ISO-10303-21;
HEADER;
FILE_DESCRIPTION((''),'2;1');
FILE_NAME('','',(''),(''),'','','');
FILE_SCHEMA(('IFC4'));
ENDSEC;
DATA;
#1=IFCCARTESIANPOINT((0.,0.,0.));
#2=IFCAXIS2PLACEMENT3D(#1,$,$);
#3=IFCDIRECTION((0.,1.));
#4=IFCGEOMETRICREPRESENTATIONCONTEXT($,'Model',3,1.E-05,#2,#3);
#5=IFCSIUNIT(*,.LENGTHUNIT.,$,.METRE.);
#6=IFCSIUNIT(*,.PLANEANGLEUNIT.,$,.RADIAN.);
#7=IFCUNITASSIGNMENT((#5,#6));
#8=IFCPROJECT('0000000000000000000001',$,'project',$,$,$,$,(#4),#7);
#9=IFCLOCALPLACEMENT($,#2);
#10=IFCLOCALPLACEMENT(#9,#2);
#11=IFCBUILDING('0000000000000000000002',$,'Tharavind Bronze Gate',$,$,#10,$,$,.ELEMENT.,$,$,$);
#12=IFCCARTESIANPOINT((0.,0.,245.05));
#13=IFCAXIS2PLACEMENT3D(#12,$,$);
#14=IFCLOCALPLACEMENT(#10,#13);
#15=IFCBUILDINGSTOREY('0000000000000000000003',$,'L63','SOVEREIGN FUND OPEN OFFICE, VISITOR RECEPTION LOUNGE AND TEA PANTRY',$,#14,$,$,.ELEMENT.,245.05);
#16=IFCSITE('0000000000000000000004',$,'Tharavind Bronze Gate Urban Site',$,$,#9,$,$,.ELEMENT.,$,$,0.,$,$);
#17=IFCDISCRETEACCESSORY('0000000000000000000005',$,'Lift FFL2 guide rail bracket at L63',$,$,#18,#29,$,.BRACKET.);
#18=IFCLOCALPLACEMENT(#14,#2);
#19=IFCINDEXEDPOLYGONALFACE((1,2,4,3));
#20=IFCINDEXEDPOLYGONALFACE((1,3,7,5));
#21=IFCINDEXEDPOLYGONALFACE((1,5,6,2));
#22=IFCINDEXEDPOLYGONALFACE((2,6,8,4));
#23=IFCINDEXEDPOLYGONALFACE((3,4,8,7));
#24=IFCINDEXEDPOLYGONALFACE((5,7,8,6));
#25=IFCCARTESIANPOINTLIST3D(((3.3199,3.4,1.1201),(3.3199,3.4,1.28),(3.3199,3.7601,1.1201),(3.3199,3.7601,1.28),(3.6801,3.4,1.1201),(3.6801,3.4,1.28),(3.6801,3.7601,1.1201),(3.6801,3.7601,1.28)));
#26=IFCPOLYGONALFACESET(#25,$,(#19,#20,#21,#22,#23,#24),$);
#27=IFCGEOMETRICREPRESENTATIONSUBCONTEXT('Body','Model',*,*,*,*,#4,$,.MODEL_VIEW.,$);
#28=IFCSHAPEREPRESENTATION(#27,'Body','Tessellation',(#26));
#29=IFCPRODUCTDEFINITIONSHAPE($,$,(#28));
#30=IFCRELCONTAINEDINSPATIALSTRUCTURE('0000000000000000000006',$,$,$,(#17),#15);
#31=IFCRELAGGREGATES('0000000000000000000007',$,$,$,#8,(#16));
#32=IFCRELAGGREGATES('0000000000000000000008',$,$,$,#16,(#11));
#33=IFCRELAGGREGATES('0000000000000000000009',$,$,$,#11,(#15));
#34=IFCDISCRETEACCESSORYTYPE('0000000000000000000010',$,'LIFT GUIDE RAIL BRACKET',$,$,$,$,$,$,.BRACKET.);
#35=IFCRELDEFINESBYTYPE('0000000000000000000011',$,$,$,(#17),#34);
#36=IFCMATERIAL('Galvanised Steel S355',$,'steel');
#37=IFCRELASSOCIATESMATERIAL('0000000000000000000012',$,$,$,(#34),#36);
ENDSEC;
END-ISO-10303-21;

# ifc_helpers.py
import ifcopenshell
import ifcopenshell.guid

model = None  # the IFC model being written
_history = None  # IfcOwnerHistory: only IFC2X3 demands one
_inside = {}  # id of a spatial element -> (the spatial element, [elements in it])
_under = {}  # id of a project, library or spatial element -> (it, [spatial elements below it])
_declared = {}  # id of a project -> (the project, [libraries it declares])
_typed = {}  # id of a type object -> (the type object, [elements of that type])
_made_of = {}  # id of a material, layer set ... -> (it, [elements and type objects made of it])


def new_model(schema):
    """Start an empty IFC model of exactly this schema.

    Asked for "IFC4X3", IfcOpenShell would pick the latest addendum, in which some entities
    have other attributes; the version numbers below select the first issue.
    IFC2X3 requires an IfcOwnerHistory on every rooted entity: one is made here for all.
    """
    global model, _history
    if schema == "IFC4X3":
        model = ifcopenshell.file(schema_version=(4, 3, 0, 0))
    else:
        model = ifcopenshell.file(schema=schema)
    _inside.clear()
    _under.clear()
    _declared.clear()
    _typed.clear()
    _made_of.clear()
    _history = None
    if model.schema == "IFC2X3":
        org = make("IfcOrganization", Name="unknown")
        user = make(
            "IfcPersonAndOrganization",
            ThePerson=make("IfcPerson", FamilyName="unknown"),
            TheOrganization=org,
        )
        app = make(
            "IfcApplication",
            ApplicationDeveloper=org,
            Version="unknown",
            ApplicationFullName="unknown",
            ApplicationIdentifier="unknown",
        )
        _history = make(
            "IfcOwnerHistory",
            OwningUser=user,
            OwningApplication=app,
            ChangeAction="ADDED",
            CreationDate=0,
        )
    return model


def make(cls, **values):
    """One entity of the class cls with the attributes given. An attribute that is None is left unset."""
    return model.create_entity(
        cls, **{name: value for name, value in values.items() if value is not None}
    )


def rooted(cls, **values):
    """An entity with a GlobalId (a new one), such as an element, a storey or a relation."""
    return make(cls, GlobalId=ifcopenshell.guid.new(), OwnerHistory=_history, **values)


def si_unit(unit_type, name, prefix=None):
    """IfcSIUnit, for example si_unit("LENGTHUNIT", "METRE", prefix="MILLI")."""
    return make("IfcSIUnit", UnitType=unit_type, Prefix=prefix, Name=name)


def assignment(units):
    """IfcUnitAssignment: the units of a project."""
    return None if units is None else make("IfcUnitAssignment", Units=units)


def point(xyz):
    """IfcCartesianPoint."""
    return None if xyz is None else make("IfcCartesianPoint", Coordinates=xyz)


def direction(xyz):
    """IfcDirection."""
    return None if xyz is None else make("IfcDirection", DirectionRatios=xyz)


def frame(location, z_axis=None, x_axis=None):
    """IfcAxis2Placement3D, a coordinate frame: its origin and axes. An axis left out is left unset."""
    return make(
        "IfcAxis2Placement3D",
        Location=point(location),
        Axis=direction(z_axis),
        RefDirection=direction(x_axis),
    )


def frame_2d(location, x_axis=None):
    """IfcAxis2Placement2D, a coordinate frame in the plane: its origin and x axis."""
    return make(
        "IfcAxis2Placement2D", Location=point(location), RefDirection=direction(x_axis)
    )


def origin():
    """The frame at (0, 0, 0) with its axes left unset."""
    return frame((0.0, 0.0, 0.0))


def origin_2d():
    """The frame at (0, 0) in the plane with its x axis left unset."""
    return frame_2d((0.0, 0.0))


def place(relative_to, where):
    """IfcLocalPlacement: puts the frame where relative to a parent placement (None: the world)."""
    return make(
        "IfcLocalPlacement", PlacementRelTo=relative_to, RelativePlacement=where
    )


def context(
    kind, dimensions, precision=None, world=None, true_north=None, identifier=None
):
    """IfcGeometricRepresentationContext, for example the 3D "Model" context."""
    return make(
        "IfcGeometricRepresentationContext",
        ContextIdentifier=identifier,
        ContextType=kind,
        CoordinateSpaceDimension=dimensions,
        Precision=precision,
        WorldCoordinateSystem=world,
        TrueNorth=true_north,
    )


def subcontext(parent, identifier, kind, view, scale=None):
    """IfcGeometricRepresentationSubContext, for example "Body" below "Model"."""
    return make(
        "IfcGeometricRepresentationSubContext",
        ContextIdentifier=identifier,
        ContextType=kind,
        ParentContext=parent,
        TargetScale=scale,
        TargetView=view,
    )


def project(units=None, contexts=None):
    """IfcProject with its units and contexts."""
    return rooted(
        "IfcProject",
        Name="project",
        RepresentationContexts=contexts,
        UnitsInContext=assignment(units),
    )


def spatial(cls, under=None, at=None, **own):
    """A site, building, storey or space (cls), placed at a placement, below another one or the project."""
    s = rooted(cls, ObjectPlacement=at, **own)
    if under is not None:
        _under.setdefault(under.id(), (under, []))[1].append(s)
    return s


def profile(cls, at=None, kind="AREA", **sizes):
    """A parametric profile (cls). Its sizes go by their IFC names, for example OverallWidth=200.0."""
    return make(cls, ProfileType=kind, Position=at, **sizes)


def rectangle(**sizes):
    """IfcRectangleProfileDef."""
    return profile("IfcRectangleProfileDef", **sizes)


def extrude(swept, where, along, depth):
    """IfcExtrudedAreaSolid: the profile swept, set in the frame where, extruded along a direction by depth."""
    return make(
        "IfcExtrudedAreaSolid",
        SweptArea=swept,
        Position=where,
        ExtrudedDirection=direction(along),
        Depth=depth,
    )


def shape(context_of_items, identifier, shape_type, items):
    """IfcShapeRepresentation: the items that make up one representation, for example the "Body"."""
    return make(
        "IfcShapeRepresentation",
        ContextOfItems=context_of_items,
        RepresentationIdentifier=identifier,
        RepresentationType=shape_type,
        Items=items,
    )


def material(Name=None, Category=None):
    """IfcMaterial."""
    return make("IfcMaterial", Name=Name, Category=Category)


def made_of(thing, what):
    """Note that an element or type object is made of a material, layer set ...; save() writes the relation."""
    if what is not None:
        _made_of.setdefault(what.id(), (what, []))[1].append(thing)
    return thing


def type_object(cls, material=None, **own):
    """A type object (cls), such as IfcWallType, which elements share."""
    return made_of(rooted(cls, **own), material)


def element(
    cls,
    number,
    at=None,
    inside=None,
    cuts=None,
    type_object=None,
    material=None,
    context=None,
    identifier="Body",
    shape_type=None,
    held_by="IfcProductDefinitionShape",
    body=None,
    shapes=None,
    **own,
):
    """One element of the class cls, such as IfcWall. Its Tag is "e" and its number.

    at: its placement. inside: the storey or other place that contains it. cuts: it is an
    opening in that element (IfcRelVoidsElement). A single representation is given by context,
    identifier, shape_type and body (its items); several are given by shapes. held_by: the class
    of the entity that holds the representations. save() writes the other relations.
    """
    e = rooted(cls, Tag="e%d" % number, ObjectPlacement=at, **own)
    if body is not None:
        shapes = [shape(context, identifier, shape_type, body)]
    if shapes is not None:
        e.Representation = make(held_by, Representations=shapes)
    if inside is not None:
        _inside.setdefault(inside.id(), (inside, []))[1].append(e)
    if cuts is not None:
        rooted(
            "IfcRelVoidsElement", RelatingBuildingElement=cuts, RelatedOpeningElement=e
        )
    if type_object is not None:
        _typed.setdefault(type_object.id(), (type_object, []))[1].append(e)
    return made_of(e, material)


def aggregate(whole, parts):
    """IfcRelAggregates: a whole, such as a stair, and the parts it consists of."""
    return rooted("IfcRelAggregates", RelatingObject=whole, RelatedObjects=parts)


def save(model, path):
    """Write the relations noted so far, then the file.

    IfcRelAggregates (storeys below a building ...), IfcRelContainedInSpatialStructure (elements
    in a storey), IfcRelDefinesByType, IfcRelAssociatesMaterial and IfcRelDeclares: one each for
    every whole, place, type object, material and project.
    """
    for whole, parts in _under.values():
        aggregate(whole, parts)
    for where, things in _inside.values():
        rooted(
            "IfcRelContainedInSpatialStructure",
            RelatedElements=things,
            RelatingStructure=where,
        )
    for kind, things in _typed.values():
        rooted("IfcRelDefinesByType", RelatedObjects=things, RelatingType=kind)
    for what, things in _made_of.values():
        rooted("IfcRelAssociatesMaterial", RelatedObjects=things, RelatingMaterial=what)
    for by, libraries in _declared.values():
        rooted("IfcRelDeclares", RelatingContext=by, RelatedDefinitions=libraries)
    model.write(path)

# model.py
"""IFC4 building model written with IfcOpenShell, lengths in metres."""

from ifc_helpers import new_model, si_unit, direction, frame, origin, origin_2d, place, context, subcontext, project, spatial, rectangle, extrude, material, type_object, element, save


model = new_model("IFC4")

# Units and contexts
model_context = context("Model", 3, precision=1e-05, world=origin(), true_north=direction((0.0, 1.0)))
body_context = subcontext(model_context, "Body", "Model", "MODEL_VIEW")
ifc_project = project(units=[si_unit("LENGTHUNIT", "METRE"), si_unit("PLANEANGLEUNIT", "RADIAN")], contexts=[model_context])

# Site, building, storey
site_placement = place(None, origin())
site = spatial("IfcSite", under=ifc_project, at=site_placement, Name="Tharavind Bronze Gate Urban Site", CompositionType="ELEMENT", RefElevation=0.0)
building_placement = place(site_placement, origin())
building = spatial("IfcBuilding", under=site, at=building_placement, Name="Tharavind Bronze Gate", CompositionType="ELEMENT")
storey_placement = place(building_placement, frame((0.0, 0.0, 245.05)))
storey = spatial("IfcBuildingStorey", under=building, at=storey_placement, Name="L63", Description="SOVEREIGN FUND OPEN OFFICE, VISITOR RECEPTION LOUNGE AND TEA PANTRY", CompositionType="ELEMENT", Elevation=245.05)

# Discrete accessory
ifc_material_1 = material(Name="Galvanised Steel S355", Category="steel")
discrete_accessory_type = type_object("IfcDiscreteAccessoryType", Name="LIFT GUIDE RAIL BRACKET", PredefinedType="BRACKET", material=ifc_material_1)
discrete_accessory_placement = place(storey_placement, frame((3.5, 3.5801, 1.1201), z_axis=(0.0, 0.0, 1.0), x_axis=(1.0, 0.0, 0.0)))
element("IfcDiscreteAccessory", 1, at=discrete_accessory_placement, inside=storey, type_object=discrete_accessory_type, Name="Lift FFL2 guide rail bracket at L63", PredefinedType="BRACKET", context=body_context, shape_type="SweptSolid", body=[
    extrude(rectangle(XDim=0.3601, YDim=0.3601, at=origin_2d()), origin(), (0.0, 0.0, 1.0), 0.1599),
])

save(model, "model.ifc")
